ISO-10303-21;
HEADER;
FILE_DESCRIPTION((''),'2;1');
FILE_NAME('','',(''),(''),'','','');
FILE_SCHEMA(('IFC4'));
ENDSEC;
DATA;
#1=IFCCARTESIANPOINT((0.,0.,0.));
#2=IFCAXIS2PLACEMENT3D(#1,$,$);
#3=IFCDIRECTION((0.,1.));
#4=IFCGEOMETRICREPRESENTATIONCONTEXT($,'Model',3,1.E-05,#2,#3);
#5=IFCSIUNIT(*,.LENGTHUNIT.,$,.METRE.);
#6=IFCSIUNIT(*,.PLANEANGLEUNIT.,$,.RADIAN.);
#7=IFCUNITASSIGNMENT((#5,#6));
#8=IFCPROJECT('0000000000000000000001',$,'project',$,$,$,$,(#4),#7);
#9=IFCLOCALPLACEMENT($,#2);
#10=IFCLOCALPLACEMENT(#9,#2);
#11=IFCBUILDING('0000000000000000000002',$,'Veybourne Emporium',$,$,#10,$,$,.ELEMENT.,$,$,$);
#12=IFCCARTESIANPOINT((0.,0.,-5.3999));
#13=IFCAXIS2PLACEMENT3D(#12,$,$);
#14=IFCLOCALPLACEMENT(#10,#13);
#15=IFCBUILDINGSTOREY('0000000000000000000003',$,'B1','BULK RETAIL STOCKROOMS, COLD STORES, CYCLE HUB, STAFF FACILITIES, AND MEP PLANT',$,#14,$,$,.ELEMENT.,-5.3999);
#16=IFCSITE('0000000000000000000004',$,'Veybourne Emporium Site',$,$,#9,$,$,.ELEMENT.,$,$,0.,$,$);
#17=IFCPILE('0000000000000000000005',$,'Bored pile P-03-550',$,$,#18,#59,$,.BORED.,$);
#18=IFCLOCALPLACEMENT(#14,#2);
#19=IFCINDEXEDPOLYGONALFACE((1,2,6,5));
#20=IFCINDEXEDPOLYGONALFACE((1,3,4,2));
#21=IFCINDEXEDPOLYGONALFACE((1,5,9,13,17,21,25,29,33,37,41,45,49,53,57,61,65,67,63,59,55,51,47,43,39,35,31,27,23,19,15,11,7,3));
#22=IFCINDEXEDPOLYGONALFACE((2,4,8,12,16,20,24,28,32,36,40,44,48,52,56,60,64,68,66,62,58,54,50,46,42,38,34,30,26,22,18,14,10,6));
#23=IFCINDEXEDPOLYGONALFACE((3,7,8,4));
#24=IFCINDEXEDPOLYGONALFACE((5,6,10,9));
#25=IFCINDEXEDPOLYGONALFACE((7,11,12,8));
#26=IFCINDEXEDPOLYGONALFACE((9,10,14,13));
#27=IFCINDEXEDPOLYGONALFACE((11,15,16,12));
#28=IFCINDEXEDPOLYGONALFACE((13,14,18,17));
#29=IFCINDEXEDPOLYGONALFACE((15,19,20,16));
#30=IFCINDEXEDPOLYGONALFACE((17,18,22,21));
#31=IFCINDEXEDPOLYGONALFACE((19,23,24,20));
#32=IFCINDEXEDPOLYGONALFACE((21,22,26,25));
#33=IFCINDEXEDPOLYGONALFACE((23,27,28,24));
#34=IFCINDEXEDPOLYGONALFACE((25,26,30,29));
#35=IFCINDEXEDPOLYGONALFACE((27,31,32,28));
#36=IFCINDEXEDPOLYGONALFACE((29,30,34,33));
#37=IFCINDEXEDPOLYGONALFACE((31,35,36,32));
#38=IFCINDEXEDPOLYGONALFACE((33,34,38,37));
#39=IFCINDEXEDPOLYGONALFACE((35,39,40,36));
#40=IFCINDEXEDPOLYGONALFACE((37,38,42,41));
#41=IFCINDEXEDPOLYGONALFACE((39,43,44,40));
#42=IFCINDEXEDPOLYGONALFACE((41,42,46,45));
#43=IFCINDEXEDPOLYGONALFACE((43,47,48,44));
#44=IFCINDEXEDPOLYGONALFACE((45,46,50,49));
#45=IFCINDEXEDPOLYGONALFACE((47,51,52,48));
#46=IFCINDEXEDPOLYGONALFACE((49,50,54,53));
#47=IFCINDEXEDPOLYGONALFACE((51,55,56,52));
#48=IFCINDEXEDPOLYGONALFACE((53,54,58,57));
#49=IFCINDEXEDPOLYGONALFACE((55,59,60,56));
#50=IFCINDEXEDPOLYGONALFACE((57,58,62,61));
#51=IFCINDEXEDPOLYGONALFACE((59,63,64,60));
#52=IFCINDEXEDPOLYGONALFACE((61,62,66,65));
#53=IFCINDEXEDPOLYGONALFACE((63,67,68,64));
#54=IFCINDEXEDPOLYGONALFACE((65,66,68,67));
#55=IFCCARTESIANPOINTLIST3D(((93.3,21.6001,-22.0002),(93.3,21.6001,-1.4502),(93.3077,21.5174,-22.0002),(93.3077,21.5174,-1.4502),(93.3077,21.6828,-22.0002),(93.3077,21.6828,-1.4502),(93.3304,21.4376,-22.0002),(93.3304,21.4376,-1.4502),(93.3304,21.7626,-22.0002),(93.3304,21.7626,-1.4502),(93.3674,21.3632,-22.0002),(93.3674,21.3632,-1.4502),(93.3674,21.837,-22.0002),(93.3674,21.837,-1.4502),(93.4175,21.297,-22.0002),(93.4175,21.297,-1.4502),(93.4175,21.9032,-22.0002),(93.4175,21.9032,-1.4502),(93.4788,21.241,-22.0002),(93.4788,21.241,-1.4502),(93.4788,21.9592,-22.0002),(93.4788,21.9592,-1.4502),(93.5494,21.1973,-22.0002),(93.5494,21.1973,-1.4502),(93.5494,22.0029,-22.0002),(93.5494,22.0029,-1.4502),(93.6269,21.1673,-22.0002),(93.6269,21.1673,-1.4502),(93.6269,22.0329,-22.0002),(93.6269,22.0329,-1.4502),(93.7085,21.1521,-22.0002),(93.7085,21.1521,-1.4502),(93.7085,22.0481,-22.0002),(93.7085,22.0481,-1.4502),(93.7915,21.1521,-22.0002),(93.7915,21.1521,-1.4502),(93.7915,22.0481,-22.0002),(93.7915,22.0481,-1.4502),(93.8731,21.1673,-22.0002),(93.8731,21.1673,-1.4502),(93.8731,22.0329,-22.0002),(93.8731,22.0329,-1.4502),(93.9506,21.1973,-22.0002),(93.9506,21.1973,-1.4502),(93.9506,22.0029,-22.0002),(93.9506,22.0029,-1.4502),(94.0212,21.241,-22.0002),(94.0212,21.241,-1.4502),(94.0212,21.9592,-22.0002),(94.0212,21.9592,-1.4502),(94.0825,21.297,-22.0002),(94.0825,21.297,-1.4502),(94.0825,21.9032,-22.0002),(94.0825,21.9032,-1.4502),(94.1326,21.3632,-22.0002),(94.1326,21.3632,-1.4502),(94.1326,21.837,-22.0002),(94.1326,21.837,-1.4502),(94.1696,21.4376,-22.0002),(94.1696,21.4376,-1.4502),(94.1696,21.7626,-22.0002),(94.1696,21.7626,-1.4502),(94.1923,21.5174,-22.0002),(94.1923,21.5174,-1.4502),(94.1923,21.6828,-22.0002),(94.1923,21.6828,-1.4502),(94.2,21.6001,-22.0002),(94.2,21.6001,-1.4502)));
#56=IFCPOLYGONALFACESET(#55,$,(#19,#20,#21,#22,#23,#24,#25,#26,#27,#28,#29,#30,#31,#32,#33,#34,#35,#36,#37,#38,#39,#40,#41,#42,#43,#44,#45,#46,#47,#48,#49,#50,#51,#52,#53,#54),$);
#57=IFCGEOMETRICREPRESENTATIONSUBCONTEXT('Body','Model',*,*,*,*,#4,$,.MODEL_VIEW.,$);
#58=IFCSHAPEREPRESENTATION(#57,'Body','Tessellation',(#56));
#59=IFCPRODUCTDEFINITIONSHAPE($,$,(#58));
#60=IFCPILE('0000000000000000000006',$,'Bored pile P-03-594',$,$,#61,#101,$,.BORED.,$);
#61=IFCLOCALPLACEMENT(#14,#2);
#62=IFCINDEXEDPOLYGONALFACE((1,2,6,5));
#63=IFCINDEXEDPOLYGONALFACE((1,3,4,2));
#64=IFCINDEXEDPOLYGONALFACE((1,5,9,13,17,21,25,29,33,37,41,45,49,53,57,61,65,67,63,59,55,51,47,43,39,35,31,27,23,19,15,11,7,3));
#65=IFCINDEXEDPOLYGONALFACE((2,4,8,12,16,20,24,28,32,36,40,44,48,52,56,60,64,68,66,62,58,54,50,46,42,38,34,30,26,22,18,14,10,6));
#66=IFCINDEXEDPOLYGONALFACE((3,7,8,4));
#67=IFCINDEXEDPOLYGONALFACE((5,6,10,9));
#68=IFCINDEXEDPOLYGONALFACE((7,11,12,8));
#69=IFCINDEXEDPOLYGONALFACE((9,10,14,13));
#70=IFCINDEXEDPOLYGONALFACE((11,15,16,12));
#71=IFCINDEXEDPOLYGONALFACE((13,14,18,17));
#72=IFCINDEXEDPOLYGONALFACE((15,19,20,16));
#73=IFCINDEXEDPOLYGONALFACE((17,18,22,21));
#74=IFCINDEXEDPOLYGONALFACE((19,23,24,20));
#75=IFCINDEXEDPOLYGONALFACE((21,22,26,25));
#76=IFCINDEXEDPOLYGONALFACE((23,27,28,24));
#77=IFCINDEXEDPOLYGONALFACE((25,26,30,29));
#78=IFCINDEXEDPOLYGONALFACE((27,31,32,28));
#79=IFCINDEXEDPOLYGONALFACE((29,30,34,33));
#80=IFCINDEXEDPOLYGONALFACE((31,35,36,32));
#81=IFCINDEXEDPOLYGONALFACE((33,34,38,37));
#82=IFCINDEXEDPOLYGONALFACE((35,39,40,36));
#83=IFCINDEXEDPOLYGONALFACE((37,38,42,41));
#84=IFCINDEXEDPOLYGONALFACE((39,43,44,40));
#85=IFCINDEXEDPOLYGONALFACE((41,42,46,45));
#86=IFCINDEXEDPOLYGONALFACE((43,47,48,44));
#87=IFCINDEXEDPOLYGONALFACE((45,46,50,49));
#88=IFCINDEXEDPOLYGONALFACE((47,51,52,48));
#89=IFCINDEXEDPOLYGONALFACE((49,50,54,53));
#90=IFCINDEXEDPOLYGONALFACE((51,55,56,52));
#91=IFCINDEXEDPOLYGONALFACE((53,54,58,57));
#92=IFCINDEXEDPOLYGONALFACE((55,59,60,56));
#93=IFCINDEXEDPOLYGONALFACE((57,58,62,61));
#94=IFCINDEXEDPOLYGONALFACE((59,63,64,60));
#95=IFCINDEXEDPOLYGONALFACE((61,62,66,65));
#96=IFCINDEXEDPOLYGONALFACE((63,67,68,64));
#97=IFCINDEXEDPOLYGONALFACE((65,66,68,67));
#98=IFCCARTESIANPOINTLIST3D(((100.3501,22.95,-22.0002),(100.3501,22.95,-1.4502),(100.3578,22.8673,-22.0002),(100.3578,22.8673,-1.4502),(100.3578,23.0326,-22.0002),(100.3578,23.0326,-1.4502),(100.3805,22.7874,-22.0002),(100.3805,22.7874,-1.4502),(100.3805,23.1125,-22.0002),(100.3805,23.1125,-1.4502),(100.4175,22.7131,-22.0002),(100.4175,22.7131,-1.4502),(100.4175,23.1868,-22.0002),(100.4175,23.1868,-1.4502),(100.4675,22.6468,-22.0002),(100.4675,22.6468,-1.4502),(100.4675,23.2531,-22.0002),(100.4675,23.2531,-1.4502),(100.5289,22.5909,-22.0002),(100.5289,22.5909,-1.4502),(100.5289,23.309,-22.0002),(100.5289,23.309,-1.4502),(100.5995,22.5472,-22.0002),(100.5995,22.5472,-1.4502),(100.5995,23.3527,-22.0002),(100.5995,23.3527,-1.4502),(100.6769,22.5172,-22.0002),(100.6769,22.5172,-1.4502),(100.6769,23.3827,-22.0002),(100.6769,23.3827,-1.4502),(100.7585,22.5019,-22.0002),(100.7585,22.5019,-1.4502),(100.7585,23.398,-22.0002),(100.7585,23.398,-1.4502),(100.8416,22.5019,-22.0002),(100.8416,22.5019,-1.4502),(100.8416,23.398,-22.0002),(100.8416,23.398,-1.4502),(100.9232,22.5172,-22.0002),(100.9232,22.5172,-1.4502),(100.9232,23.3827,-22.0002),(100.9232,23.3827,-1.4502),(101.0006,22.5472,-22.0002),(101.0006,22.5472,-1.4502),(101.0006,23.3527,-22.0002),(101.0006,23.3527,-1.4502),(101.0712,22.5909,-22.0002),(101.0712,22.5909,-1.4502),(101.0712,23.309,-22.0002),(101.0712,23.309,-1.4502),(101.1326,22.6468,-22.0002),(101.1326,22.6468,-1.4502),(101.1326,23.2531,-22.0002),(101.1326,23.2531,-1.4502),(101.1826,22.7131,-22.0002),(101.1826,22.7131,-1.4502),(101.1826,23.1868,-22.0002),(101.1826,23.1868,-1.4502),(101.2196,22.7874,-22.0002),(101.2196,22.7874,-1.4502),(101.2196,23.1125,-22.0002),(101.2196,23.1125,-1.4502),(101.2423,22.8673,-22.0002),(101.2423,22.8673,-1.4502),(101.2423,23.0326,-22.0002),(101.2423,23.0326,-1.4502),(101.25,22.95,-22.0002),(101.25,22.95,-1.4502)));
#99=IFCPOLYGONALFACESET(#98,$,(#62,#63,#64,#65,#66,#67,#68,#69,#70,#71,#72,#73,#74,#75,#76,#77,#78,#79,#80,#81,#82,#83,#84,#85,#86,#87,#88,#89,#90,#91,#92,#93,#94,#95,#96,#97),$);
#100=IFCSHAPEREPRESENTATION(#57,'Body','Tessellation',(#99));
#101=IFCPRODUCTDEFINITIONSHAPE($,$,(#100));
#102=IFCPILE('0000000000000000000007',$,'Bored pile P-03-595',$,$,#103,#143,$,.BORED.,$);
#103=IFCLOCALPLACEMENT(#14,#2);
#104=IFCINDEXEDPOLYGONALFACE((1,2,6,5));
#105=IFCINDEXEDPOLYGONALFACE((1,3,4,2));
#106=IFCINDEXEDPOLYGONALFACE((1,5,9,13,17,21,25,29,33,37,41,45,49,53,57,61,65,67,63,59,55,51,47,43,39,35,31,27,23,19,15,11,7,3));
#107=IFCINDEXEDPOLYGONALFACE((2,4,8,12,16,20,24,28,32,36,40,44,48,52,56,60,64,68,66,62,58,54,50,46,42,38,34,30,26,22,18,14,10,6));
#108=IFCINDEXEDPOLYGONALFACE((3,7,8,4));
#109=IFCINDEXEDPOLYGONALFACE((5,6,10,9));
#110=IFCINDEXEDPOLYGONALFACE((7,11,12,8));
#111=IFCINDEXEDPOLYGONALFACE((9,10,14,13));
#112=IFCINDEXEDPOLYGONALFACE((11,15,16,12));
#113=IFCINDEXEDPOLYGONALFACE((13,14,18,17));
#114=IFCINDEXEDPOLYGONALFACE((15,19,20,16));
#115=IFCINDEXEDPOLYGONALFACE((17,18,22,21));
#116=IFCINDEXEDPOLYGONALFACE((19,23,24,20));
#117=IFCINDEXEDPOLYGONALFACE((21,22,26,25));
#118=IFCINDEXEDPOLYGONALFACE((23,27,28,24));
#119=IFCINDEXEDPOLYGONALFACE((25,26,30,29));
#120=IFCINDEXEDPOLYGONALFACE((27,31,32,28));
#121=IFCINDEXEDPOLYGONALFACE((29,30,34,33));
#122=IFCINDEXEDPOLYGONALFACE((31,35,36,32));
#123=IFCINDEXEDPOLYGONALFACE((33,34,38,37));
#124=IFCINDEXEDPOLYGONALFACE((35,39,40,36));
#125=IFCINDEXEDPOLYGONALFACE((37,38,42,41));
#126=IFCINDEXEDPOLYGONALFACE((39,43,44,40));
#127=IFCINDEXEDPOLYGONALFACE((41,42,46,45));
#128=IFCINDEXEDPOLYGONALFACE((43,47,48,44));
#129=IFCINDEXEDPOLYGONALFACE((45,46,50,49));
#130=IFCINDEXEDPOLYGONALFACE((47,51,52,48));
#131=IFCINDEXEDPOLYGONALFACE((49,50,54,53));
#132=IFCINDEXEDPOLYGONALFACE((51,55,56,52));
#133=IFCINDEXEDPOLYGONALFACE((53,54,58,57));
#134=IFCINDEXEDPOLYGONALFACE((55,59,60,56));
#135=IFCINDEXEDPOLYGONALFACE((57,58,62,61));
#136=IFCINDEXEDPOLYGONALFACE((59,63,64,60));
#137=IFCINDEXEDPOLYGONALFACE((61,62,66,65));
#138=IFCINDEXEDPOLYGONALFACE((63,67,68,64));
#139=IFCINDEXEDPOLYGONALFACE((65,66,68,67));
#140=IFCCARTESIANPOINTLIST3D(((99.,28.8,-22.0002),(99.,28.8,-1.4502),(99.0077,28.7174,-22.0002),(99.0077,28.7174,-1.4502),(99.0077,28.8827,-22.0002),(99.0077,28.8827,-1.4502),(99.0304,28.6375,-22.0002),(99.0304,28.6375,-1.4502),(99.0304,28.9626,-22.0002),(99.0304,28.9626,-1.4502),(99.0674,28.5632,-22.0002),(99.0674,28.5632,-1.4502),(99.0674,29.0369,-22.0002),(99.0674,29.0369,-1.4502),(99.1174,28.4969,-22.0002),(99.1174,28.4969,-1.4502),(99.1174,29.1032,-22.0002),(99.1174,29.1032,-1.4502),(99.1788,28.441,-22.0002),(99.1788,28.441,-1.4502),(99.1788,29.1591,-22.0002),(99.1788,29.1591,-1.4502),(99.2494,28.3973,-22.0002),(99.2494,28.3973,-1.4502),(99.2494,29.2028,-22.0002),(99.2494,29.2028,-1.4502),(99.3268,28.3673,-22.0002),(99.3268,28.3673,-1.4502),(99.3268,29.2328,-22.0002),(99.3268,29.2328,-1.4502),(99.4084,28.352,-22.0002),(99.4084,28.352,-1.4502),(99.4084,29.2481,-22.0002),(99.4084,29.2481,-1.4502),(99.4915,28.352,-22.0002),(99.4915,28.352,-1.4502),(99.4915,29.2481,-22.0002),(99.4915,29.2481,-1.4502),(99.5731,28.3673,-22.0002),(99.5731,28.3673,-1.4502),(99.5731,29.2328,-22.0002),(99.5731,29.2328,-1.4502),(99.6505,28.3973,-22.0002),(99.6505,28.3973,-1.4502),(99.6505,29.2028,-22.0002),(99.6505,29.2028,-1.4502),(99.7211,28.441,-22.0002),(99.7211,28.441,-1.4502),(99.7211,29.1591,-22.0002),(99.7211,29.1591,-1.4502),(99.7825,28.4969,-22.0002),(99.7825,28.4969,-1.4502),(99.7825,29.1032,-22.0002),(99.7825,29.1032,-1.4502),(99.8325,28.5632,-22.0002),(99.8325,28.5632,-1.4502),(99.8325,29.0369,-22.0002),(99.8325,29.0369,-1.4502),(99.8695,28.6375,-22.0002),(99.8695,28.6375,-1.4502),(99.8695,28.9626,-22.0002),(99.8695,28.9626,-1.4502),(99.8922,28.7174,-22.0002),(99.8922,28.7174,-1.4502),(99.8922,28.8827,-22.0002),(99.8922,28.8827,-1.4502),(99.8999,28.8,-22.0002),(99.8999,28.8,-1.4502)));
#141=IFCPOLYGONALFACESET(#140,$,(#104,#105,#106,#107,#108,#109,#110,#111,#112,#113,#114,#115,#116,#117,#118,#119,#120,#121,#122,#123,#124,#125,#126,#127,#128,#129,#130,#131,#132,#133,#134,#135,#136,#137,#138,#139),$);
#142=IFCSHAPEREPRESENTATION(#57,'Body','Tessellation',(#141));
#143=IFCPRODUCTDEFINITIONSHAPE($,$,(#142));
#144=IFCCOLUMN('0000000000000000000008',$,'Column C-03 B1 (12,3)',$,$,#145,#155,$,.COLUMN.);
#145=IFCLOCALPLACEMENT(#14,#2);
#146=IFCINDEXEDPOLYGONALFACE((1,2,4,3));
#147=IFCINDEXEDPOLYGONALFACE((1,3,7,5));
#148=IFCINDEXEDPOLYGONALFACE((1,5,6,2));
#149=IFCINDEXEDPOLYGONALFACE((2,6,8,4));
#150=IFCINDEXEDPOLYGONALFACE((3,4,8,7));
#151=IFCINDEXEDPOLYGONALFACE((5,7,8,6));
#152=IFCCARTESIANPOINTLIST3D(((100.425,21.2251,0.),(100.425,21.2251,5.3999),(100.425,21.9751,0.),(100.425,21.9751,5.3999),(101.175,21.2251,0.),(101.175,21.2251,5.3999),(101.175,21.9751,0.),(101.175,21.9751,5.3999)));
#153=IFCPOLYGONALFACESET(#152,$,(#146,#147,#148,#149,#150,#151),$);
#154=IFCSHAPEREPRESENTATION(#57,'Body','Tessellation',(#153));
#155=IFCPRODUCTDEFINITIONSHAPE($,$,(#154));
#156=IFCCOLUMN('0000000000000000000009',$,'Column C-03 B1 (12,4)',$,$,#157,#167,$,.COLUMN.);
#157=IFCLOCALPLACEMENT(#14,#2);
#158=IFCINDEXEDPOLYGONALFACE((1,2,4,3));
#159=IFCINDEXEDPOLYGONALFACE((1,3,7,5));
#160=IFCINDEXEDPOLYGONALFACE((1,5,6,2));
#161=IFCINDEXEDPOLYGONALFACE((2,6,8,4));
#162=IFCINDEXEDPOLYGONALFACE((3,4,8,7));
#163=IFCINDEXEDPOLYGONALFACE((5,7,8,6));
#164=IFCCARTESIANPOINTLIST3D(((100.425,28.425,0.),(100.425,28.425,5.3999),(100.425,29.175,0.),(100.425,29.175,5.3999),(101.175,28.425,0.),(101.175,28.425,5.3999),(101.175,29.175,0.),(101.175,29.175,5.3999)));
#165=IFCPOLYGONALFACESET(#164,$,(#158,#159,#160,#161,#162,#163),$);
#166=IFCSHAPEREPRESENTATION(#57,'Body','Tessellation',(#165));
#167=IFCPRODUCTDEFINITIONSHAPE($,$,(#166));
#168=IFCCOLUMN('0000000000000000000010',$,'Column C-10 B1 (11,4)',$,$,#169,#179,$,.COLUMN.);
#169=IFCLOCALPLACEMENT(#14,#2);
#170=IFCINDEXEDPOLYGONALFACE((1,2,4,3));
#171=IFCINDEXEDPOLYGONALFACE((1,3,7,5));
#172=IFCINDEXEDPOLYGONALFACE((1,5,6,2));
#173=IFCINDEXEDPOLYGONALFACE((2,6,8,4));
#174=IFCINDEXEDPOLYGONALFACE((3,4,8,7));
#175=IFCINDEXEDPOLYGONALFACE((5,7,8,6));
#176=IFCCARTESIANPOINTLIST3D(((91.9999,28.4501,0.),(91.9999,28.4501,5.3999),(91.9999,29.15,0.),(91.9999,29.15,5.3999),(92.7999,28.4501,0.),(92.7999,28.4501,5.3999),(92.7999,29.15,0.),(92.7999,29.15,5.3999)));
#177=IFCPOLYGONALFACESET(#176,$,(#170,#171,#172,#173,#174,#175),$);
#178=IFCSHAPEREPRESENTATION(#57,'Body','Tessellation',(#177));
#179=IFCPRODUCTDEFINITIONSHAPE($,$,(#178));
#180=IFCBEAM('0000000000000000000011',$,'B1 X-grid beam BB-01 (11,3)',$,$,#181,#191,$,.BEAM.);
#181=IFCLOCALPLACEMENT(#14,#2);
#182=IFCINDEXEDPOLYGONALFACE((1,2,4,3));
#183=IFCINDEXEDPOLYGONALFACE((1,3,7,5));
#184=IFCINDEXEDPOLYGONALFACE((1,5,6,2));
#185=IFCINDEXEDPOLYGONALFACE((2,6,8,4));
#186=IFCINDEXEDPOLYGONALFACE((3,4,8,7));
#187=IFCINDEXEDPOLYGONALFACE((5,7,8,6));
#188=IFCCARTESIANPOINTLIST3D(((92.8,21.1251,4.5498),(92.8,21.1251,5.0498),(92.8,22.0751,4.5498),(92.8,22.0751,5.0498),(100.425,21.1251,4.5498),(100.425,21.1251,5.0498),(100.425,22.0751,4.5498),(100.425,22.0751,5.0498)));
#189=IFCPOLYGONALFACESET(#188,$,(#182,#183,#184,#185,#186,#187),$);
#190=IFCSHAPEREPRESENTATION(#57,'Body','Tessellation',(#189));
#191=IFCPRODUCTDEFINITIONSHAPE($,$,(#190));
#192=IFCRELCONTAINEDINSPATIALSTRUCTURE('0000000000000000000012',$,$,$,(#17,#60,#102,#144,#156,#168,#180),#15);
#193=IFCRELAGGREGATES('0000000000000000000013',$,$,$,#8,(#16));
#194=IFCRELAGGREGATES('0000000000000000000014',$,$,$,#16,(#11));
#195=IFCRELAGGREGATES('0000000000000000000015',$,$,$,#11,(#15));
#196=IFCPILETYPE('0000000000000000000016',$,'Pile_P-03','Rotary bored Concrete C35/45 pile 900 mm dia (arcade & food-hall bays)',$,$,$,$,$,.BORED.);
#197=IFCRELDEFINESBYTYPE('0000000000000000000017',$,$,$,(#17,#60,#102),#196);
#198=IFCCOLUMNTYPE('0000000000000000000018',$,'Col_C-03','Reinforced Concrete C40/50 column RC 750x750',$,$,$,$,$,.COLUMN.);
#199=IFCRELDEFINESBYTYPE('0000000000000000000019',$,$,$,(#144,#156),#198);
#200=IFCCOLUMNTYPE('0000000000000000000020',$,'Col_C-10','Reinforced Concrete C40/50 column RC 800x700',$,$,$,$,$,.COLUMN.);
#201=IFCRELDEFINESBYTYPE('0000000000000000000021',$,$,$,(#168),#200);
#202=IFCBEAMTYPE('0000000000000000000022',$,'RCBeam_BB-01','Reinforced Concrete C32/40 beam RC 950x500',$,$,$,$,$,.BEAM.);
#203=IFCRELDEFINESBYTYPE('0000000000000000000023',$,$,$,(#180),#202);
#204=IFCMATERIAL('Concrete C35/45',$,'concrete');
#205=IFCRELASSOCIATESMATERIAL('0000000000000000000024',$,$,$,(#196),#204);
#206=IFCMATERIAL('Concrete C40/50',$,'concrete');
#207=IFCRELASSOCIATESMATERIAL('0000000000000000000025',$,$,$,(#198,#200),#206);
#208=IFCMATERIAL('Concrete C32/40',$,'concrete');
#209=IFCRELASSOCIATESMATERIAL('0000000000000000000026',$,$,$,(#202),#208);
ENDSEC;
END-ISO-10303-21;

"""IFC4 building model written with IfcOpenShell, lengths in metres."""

from ifc_helpers import new_model, si_unit, direction, frame, origin, origin_2d, place, context, subcontext, project, spatial, rectangle, circle, extrude, material, material_profile, profile_set, type_object, element, save


model = new_model("IFC4")

# Units and contexts
model_context = context("Model", 3, precision=1e-05, world=origin(), true_north=direction((0.0, 1.0)))
body_context = subcontext(model_context, "Body", "Model", "MODEL_VIEW")
ifc_project = project(units=[si_unit("LENGTHUNIT", "METRE"), si_unit("PLANEANGLEUNIT", "RADIAN")], contexts=[model_context])

# Site, building, storey
site_placement = place(None, origin())
site = spatial("IfcSite", under=ifc_project, at=site_placement, Name="Veybourne Emporium Site", CompositionType="ELEMENT", RefElevation=0.0)
building_placement = place(site_placement, origin())
building = spatial("IfcBuilding", under=site, at=building_placement, Name="Veybourne Emporium", CompositionType="ELEMENT")
storey_placement = place(building_placement, frame((0.0, 0.0, -5.3999)))
storey = spatial("IfcBuildingStorey", under=building, at=storey_placement, Name="B1", Description="BULK RETAIL STOCKROOMS, COLD STORES, CYCLE HUB, STAFF FACILITIES, AND MEP PLANT", CompositionType="ELEMENT", Elevation=-5.3999)

# Shared definitions
ifc_material_1 = material(Name="Concrete C35/45", Category="concrete")

# Piles
ifc_material_profile_1 = material_profile(ifc_material_1, circle(Radius=0.45, at=origin_2d()), Name="BORED PILE 900")
ifc_profile_set_1 = profile_set([ifc_material_profile_1], Name="Concrete C35/45")
pile_type_1 = type_object("IfcPileType", Name="Pile_P-03", Description="Rotary bored Concrete C35/45 pile 900 mm dia (arcade & food-hall bays)", PredefinedType="BORED", material=ifc_profile_set_1)
for number, where, z_axis, x_axis, name in (
    (1, (93.75, 21.6001, -1.4502), (0.0, 0.0, -1.0), (1.0, 0.0, 0.0), "Bored pile P-03-550"),
    (2, (100.8, 22.95, -1.4502), (0.0, 0.0, -1.0), (1.0, 0.0, 0.0), "Bored pile P-03-594"),
    (3, (99.45, 28.8, -1.4502), (0.0, 0.0, -1.0), (1.0, 0.0, 0.0), "Bored pile P-03-595"),
):
    element("IfcPile", number, at=place(storey_placement, frame(where, z_axis=z_axis, x_axis=x_axis)), inside=storey, type_object=pile_type_1, Name=name, PredefinedType="BORED", context=body_context, shape_type="SweptSolid", body=[
        extrude(circle(Radius=0.45, at=origin_2d()), origin(), (0.0, 0.0, 1.0), 20.55),
    ])

# Columns
ifc_material_2 = material(Name="Concrete C40/50", Category="concrete")
ifc_material_profile_2 = material_profile(ifc_material_2, rectangle(XDim=0.75, YDim=0.75, at=origin_2d()), Name="RC 750x750")
ifc_profile_set_2 = profile_set([ifc_material_profile_2], Name="Concrete C40/50")
column_type_1 = type_object("IfcColumnType", Name="Col_C-03", Description="Reinforced Concrete C40/50 column RC 750x750", PredefinedType="COLUMN", material=ifc_profile_set_2)
for number, where, z_axis, x_axis, name in (
    (4, (100.8, 21.6001, 0.0), (0.0, 0.0, 1.0), (1.0, 0.0, 0.0), "Column C-03 B1 (12,3)"),
    (5, (100.8, 28.8, 0.0), (0.0, 0.0, 1.0), (1.0, 0.0, 0.0), "Column C-03 B1 (12,4)"),
):
    element("IfcColumn", number, at=place(storey_placement, frame(where, z_axis=z_axis, x_axis=x_axis)), inside=storey, type_object=column_type_1, Name=name, PredefinedType="COLUMN", context=body_context, shape_type="SweptSolid", body=[
        extrude(rectangle(XDim=0.75, YDim=0.75, at=origin_2d()), origin(), (0.0, 0.0, 1.0), 5.3999),
    ])
ifc_material_profile_3 = material_profile(ifc_material_2, rectangle(XDim=0.8, YDim=0.7, at=origin_2d()), Name="RC 800x700")
ifc_profile_set_3 = profile_set([ifc_material_profile_3], Name="Concrete C40/50")
column_type_2 = type_object("IfcColumnType", Name="Col_C-10", Description="Reinforced Concrete C40/50 column RC 800x700", PredefinedType="COLUMN", material=ifc_profile_set_3)
column_placement = place(storey_placement, frame((92.3999, 28.8, 0.0), z_axis=(0.0, 0.0, 1.0), x_axis=(1.0, 0.0, 0.0)))
element("IfcColumn", 6, at=column_placement, inside=storey, type_object=column_type_2, Name="Column C-10 B1 (11,4)", PredefinedType="COLUMN", context=body_context, shape_type="SweptSolid", body=[
    extrude(rectangle(XDim=0.8, YDim=0.7, at=origin_2d()), origin(), (0.0, 0.0, 1.0), 5.3999),
])

# Beam
ifc_material_3 = material(Name="Concrete C32/40", Category="concrete")
ifc_material_profile_4 = material_profile(ifc_material_3, rectangle(XDim=0.95, YDim=0.5, at=origin_2d()), Name="RC 950x500")
ifc_profile_set_4 = profile_set([ifc_material_profile_4], Name="Concrete C32/40")
beam_type_1 = type_object("IfcBeamType", Name="RCBeam_BB-01", Description="Reinforced Concrete C32/40 beam RC 950x500", PredefinedType="BEAM", material=ifc_profile_set_4)
beam_1_placement = place(storey_placement, frame((92.8, 21.6001, 4.7998), z_axis=(1.0, 0.0, 0.0), x_axis=(0.0, 1.0, 0.0)))
element("IfcBeam", 7, at=beam_1_placement, inside=storey, type_object=beam_type_1, Name="B1 X-grid beam BB-01 (11,3)", PredefinedType="BEAM", context=body_context, shape_type="SweptSolid", body=[
    extrude(rectangle(XDim=0.95, YDim=0.5, at=origin_2d()), origin(), (0.0, 0.0, 1.0), 7.625),
])

save(model, "model.ifc")
